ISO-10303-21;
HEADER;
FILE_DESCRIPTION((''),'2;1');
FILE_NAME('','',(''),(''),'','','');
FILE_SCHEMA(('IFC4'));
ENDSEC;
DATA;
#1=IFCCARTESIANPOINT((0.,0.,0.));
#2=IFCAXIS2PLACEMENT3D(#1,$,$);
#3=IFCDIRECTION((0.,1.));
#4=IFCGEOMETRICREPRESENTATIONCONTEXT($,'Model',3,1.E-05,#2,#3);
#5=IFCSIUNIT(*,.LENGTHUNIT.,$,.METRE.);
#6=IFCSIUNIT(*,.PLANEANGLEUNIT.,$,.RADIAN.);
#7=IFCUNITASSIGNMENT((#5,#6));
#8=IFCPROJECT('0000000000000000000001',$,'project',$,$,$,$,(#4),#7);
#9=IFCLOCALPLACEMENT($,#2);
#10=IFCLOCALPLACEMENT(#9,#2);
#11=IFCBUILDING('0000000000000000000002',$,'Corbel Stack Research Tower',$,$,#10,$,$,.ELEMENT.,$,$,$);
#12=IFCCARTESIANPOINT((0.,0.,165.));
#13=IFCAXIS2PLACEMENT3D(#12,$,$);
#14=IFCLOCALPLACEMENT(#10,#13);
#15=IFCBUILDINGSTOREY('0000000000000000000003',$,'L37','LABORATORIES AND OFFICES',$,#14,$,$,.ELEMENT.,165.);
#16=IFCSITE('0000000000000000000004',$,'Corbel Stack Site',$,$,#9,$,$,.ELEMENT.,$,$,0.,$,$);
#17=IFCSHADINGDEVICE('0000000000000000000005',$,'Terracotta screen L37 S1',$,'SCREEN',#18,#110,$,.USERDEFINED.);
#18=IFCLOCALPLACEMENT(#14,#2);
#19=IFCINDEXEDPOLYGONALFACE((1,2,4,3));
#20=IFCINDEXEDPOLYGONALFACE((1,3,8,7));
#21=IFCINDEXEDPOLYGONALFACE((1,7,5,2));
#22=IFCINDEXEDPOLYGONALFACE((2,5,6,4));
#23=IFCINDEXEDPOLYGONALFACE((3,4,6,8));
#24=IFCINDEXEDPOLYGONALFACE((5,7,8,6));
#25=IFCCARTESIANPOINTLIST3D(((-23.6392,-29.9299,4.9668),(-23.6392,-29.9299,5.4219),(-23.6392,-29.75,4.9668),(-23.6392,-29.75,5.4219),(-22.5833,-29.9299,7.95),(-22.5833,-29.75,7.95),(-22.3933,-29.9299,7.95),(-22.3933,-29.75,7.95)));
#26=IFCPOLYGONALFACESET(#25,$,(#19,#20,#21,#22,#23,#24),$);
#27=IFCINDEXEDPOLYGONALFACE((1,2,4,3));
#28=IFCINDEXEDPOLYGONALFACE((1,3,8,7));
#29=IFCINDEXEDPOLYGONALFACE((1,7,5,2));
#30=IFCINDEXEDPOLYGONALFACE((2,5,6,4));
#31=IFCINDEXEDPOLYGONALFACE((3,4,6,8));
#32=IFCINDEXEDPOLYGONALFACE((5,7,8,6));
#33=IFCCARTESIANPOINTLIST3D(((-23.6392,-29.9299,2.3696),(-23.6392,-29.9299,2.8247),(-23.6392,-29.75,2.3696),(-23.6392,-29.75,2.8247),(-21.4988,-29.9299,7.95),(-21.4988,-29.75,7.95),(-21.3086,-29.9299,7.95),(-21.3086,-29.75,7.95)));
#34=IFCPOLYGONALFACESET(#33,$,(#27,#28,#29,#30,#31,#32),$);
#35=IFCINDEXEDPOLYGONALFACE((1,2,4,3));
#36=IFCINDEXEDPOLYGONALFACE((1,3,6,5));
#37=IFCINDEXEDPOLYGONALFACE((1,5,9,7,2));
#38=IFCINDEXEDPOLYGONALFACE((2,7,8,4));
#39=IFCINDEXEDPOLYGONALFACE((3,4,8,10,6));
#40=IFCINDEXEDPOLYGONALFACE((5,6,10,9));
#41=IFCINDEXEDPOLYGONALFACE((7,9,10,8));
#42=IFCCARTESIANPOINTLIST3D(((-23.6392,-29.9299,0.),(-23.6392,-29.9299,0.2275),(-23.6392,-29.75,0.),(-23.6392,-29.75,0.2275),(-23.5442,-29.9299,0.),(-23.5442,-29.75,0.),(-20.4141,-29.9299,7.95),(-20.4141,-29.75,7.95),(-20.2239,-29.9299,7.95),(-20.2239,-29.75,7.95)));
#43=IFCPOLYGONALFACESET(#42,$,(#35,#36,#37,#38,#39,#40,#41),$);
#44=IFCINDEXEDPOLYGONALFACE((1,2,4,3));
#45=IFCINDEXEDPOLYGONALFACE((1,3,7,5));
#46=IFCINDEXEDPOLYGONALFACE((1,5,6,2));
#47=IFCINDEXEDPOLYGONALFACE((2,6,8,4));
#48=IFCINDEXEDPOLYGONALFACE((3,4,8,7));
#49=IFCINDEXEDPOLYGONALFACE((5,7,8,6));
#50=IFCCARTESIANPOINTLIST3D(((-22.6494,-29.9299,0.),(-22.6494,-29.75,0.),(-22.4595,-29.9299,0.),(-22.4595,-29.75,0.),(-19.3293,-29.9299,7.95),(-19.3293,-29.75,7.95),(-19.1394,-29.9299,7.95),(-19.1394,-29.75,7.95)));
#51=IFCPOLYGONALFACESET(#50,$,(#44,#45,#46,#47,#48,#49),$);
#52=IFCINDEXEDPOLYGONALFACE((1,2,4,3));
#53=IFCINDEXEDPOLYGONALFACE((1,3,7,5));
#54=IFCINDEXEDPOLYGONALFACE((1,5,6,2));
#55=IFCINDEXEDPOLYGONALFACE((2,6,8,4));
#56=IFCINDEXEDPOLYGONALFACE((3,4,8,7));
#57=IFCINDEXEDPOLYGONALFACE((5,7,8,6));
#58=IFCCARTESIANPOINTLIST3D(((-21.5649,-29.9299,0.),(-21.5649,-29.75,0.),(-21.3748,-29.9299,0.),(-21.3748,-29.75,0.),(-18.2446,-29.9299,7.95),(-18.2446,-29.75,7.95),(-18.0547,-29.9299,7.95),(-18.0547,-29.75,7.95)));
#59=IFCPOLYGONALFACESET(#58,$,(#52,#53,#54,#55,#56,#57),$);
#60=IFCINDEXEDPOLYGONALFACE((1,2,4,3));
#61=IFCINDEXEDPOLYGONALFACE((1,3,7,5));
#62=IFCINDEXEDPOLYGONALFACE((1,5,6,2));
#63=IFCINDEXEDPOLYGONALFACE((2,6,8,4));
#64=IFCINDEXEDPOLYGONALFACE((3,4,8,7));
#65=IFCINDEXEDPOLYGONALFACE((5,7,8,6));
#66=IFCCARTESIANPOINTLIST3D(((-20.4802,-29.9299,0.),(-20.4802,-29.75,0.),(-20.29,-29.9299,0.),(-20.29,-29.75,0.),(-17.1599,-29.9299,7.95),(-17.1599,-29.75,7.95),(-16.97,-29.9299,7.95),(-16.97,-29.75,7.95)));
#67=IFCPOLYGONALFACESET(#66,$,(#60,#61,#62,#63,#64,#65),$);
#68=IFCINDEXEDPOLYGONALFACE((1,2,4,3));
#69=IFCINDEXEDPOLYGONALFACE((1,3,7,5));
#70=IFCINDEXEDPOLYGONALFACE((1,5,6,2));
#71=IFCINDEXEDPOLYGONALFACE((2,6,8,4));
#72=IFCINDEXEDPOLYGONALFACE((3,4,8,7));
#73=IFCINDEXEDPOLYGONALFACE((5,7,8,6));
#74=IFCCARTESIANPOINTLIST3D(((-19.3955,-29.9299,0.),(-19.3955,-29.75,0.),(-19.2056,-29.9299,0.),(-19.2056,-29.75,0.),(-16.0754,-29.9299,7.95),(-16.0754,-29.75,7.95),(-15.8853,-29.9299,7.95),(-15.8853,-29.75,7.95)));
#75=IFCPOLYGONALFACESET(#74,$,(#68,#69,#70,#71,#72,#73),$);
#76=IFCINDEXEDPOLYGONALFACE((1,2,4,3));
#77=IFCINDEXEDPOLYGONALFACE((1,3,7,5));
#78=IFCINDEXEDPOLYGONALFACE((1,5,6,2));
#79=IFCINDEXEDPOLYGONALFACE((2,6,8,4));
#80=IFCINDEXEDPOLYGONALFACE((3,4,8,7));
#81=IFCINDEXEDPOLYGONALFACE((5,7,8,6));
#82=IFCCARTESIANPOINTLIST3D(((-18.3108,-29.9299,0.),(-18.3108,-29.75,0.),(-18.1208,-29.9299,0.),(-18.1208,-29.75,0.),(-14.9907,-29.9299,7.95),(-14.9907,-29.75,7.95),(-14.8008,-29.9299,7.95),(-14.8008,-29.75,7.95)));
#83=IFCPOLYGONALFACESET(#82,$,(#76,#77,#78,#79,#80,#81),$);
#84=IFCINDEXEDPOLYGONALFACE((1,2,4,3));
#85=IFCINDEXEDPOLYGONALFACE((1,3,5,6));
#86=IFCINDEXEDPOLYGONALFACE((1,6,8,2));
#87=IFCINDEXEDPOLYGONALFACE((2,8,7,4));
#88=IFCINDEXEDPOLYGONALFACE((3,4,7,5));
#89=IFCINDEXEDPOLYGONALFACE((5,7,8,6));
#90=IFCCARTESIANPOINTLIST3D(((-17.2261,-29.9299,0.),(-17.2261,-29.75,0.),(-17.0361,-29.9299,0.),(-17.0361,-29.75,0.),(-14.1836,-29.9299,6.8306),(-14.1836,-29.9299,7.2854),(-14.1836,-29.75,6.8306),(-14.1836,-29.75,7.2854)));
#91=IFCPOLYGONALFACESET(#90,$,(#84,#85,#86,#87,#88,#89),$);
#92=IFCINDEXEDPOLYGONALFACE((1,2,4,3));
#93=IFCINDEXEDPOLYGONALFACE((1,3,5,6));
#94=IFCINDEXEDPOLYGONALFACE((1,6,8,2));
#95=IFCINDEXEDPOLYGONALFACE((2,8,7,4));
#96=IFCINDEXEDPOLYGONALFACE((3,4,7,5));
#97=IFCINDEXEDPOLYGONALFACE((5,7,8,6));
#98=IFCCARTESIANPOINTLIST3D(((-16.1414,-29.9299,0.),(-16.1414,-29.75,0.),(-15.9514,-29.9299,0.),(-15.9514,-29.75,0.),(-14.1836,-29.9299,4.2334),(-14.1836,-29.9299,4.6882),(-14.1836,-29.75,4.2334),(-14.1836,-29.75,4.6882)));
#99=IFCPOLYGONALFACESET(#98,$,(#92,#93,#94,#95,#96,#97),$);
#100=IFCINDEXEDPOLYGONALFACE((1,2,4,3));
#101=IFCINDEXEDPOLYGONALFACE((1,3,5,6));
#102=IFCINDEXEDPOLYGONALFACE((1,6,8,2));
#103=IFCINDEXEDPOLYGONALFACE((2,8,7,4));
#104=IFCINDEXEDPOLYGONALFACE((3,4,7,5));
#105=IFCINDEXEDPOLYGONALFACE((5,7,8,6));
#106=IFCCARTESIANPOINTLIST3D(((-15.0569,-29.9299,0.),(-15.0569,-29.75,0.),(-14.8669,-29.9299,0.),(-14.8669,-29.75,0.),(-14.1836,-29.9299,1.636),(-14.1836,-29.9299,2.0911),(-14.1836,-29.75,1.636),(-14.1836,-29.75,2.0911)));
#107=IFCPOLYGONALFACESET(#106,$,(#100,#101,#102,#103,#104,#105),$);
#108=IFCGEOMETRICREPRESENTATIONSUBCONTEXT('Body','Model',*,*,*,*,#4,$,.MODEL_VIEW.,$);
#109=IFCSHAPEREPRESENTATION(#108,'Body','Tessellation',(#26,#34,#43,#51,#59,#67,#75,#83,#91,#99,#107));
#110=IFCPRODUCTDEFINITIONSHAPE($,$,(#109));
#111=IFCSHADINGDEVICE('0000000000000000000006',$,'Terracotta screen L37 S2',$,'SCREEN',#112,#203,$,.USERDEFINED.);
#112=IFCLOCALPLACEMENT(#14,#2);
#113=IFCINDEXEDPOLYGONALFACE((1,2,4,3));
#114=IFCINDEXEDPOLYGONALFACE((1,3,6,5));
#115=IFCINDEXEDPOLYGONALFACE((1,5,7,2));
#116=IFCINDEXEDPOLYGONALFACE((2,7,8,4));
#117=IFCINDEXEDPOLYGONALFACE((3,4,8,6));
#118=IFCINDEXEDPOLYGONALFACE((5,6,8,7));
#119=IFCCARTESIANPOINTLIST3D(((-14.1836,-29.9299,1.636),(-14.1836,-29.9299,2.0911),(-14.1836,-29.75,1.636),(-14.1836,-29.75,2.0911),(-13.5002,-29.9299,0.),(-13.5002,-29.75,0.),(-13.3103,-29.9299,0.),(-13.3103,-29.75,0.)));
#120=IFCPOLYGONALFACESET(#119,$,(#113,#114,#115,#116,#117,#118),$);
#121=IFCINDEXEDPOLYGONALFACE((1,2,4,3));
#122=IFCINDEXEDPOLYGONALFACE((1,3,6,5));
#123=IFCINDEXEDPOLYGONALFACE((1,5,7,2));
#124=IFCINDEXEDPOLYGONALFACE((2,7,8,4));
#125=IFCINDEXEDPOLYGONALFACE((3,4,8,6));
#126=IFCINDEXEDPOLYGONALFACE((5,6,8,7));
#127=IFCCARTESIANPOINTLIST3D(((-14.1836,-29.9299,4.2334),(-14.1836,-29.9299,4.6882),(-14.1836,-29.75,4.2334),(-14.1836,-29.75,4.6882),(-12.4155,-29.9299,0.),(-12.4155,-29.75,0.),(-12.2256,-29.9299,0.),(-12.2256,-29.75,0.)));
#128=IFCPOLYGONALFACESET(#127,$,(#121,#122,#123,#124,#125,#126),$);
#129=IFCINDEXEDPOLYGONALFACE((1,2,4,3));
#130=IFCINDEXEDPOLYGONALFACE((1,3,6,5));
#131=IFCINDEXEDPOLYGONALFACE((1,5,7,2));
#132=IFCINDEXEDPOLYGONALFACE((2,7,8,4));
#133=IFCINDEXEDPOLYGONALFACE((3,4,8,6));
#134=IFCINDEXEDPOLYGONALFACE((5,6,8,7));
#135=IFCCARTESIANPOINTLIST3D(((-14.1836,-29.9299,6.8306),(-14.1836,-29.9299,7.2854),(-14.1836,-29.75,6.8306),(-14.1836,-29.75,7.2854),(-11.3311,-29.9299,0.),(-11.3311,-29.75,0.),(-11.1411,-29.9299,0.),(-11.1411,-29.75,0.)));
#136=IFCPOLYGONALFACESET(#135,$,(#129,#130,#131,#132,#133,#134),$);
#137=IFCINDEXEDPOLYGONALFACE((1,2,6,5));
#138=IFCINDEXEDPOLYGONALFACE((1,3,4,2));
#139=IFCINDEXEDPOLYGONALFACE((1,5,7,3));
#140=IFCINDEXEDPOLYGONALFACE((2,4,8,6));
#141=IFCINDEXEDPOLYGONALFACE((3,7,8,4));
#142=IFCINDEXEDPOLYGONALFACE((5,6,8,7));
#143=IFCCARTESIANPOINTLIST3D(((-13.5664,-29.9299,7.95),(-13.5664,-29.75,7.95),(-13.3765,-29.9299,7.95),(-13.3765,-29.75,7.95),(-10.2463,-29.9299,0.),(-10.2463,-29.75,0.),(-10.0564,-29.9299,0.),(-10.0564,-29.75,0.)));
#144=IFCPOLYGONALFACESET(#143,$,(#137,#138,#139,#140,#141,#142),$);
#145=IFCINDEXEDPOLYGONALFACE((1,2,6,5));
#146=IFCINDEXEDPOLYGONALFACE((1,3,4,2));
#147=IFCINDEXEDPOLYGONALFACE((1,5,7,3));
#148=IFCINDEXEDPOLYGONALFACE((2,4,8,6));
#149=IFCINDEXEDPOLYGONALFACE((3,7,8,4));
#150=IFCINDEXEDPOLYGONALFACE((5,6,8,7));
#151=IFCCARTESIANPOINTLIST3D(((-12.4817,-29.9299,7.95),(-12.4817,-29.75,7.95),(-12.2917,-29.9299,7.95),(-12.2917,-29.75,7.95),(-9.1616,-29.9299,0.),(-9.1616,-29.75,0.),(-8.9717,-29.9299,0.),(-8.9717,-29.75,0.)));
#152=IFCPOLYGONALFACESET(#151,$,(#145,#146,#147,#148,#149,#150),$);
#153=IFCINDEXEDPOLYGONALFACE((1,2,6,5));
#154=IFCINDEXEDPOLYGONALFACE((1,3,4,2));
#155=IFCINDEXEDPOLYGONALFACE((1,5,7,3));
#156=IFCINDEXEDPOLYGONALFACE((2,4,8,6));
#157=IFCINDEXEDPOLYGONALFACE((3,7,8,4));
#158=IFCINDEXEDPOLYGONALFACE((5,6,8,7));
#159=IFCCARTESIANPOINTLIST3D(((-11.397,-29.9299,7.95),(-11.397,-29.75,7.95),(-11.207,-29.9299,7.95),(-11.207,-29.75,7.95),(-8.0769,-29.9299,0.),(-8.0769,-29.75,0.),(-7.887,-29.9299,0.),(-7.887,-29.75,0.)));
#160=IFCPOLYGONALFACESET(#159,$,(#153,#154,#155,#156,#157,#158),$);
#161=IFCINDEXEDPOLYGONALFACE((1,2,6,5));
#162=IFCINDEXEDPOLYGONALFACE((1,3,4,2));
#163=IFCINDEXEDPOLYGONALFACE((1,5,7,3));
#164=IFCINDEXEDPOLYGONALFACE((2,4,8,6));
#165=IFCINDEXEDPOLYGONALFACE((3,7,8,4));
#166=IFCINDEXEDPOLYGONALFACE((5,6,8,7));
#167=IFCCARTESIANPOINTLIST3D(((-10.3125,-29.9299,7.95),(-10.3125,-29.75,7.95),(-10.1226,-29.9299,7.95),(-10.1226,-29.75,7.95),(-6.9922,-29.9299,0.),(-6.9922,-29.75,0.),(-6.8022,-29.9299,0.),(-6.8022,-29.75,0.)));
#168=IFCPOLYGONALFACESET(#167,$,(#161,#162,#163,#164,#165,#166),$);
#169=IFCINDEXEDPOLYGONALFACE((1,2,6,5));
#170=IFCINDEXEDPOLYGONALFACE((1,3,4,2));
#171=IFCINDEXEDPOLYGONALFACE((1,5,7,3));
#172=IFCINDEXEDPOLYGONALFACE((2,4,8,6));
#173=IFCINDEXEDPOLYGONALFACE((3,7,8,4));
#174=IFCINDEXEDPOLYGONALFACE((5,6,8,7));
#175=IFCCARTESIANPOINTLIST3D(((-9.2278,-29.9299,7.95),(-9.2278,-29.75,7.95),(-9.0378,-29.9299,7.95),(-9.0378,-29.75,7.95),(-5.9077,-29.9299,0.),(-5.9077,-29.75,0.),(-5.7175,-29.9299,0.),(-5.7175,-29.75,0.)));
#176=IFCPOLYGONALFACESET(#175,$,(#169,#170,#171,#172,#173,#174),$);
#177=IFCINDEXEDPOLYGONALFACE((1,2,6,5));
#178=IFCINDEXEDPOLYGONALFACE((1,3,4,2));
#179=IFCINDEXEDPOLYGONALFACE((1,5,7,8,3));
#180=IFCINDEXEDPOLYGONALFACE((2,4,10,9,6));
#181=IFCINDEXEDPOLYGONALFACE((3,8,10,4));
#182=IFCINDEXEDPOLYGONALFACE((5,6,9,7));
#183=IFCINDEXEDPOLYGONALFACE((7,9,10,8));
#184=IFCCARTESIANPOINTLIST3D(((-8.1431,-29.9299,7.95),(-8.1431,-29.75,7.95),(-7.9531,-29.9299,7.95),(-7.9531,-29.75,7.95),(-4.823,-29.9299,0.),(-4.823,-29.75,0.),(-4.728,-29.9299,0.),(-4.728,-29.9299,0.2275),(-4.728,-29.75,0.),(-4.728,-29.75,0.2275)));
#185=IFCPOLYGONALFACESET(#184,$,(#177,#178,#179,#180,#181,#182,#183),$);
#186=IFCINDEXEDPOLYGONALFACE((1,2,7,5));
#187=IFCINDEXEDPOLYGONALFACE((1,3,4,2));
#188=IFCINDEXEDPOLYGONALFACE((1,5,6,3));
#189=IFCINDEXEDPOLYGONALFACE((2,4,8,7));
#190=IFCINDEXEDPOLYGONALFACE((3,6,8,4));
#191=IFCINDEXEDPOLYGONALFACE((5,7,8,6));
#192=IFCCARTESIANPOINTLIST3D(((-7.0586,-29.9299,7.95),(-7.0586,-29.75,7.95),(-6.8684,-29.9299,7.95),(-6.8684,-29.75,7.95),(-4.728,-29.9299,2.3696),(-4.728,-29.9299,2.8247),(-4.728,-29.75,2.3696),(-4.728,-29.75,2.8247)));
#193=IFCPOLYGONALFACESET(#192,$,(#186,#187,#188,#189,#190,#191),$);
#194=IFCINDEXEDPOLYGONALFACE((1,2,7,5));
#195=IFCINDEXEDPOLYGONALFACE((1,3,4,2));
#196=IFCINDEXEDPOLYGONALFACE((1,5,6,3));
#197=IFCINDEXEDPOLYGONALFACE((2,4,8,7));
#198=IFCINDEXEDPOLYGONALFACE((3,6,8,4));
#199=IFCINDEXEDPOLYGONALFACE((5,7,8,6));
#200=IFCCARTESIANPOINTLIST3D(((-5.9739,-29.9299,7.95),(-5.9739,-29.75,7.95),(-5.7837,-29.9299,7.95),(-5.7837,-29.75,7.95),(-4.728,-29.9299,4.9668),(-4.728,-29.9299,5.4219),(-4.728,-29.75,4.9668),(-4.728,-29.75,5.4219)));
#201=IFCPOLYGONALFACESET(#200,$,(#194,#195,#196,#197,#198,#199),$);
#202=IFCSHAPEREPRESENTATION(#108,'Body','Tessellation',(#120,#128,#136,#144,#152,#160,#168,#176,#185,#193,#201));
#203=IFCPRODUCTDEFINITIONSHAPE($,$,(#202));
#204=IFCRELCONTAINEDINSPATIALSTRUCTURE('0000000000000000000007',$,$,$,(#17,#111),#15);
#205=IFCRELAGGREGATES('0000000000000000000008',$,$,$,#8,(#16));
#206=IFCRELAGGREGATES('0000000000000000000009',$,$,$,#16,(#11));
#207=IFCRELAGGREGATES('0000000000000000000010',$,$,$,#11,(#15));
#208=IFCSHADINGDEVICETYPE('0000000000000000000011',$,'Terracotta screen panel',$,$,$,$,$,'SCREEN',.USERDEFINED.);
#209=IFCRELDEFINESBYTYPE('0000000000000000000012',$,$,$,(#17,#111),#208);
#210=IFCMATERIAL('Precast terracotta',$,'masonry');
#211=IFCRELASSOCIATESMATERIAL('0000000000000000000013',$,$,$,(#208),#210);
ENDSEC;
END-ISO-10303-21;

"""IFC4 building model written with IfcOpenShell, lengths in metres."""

from ifc_helpers import new_model, si_unit, direction, frame, origin, place, context, subcontext, project, spatial, polyline, outline, extrude, source, transform, mapped, material, type_object, element, save


model = new_model("IFC4")

# Units and contexts
model_context = context("Model", 3, precision=1e-05, world=origin(), true_north=direction((0.0, 1.0)))
body_context = subcontext(model_context, "Body", "Model", "MODEL_VIEW")
ifc_project = project(units=[si_unit("LENGTHUNIT", "METRE"), si_unit("PLANEANGLEUNIT", "RADIAN")], contexts=[model_context])

# Site, building, storey
site_placement = place(None, origin())
site = spatial("IfcSite", under=ifc_project, at=site_placement, Name="Corbel Stack Site", CompositionType="ELEMENT", RefElevation=0.0)
building_placement = place(site_placement, origin())
building = spatial("IfcBuilding", under=site, at=building_placement, Name="Corbel Stack Research Tower", CompositionType="ELEMENT")
storey_placement = place(building_placement, frame((0.0, 0.0, 165.0)))
storey = spatial("IfcBuildingStorey", under=building, at=storey_placement, Name="L37", Description="LABORATORIES AND OFFICES", CompositionType="ELEMENT", Elevation=165.0)

# Shading devices
ifc_material_1 = material(Name="Precast terracotta", Category="masonry")
shading_device_type = type_object("IfcShadingDeviceType", Name="Terracotta screen panel", ElementType="SCREEN", PredefinedType="USERDEFINED", material=ifc_material_1)
shared_shape_1 = source(origin(), body_context, "Body", "SweptSolid", [
    extrude(outline(polyline([(1.2458, 7.95), (1.0559, 7.95), (0.0, 5.4219), (0.0, 4.9668), (1.2458, 7.95)])), frame((0.0, 0.0, 0.0), z_axis=(0.0, -1.0, 0.0), x_axis=(1.0, 0.0, 0.0)), (0.0, 0.0, 1.0), 0.1799),
    extrude(outline(polyline([(2.3306, 7.95), (2.1404, 7.95), (0.0, 2.8247), (0.0, 2.3696), (2.3306, 7.95)])), frame((0.0, 0.0, 0.0), z_axis=(0.0, -1.0, 0.0), x_axis=(1.0, 0.0, 0.0)), (0.0, 0.0, 1.0), 0.1799),
    extrude(outline(polyline([(0.095, 0.0), (3.4153, 7.95), (3.2251, 7.95), (0.0, 0.2275), (0.0, 0.0), (0.095, 0.0)])), frame((0.0, 0.0, 0.0), z_axis=(0.0, -1.0, 0.0), x_axis=(1.0, 0.0, 0.0)), (0.0, 0.0, 1.0), 0.1799),
    extrude(outline(polyline([(1.1797, 0.0), (4.4998, 7.95), (4.3098, 7.95), (0.9897, 0.0), (1.1797, 0.0)])), frame((0.0, 0.0, 0.0), z_axis=(0.0, -1.0, 0.0), x_axis=(1.0, 0.0, 0.0)), (0.0, 0.0, 1.0), 0.1799),
    extrude(outline(polyline([(2.2644, 0.0), (5.5845, 7.95), (5.3945, 7.95), (2.0742, 0.0), (2.2644, 0.0)])), frame((0.0, 0.0, 0.0), z_axis=(0.0, -1.0, 0.0), x_axis=(1.0, 0.0, 0.0)), (0.0, 0.0, 1.0), 0.1799),
    extrude(outline(polyline([(3.3491, 0.0), (6.6692, 7.95), (6.4792, 7.95), (3.1589, 0.0), (3.3491, 0.0)])), frame((0.0, 0.0, 0.0), z_axis=(0.0, -1.0, 0.0), x_axis=(1.0, 0.0, 0.0)), (0.0, 0.0, 1.0), 0.1799),
    extrude(outline(polyline([(4.4336, 0.0), (7.7539, 7.95), (7.5637, 7.95), (4.2437, 0.0), (4.4336, 0.0)])), frame((0.0, 0.0, 0.0), z_axis=(0.0, -1.0, 0.0), x_axis=(1.0, 0.0, 0.0)), (0.0, 0.0, 1.0), 0.1799),
    extrude(outline(polyline([(5.5183, 0.0), (8.8384, 7.95), (8.6484, 7.95), (5.3284, 0.0), (5.5183, 0.0)])), frame((0.0, 0.0, 0.0), z_axis=(0.0, -1.0, 0.0), x_axis=(1.0, 0.0, 0.0)), (0.0, 0.0, 1.0), 0.1799),
    extrude(outline(polyline([(6.603, 0.0), (9.4556, 6.8306), (9.4556, 7.2854), (6.4131, 0.0), (6.603, 0.0)])), frame((0.0, 0.0, 0.0), z_axis=(0.0, -1.0, 0.0), x_axis=(1.0, 0.0, 0.0)), (0.0, 0.0, 1.0), 0.1799),
    extrude(outline(polyline([(7.6877, 0.0), (9.4556, 4.2334), (9.4556, 4.6882), (7.4978, 0.0), (7.6877, 0.0)])), frame((0.0, 0.0, 0.0), z_axis=(0.0, -1.0, 0.0), x_axis=(1.0, 0.0, 0.0)), (0.0, 0.0, 1.0), 0.1799),
    extrude(outline(polyline([(8.7722, 0.0), (9.4556, 1.636), (9.4556, 2.0911), (8.5823, 0.0), (8.7722, 0.0)])), frame((0.0, 0.0, 0.0), z_axis=(0.0, -1.0, 0.0), x_axis=(1.0, 0.0, 0.0)), (0.0, 0.0, 1.0), 0.1799),
])
shading_device_1_placement = place(storey_placement, frame((-23.6392, -29.75, 0.0), z_axis=(0.0, 0.0, 1.0), x_axis=(1.0, 0.0, 0.0)))
element("IfcShadingDevice", 1, at=shading_device_1_placement, inside=storey, type_object=shading_device_type, Name="Terracotta screen L37 S1", ObjectType="SCREEN", PredefinedType="USERDEFINED", context=body_context, shape_type="MappedRepresentation", body=[
    mapped(shared_shape_1, transform((0.0, 0.0, 0.0))),
])
shared_shape_2 = source(origin(), body_context, "Body", "SweptSolid", [
    extrude(outline(polyline([(0.8733, 0.0), (0.0, 2.0911), (0.0, 1.636), (0.6833, 0.0), (0.8733, 0.0)])), frame((0.0, 0.0, 0.0), z_axis=(0.0, -1.0, 0.0), x_axis=(1.0, 0.0, 0.0)), (0.0, 0.0, 1.0), 0.1799),
    extrude(outline(polyline([(1.958, 0.0), (0.0, 4.6882), (0.0, 4.2334), (1.7681, 0.0), (1.958, 0.0)])), frame((0.0, 0.0, 0.0), z_axis=(0.0, -1.0, 0.0), x_axis=(1.0, 0.0, 0.0)), (0.0, 0.0, 1.0), 0.1799),
    extrude(outline(polyline([(3.0425, 0.0), (0.0, 7.2854), (0.0, 6.8306), (2.8525, 0.0), (3.0425, 0.0)])), frame((0.0, 0.0, 0.0), z_axis=(0.0, -1.0, 0.0), x_axis=(1.0, 0.0, 0.0)), (0.0, 0.0, 1.0), 0.1799),
    extrude(outline(polyline([(4.1272, 0.0), (0.8071, 7.95), (0.6172, 7.95), (3.9373, 0.0), (4.1272, 0.0)])), frame((0.0, 0.0, 0.0), z_axis=(0.0, -1.0, 0.0), x_axis=(1.0, 0.0, 0.0)), (0.0, 0.0, 1.0), 0.1799),
    extrude(outline(polyline([(5.2119, 0.0), (1.8918, 7.95), (1.7019, 7.95), (5.022, 0.0), (5.2119, 0.0)])), frame((0.0, 0.0, 0.0), z_axis=(0.0, -1.0, 0.0), x_axis=(1.0, 0.0, 0.0)), (0.0, 0.0, 1.0), 0.1799),
    extrude(outline(polyline([(6.2966, 0.0), (2.9766, 7.95), (2.7866, 7.95), (6.1067, 0.0), (6.2966, 0.0)])), frame((0.0, 0.0, 0.0), z_axis=(0.0, -1.0, 0.0), x_axis=(1.0, 0.0, 0.0)), (0.0, 0.0, 1.0), 0.1799),
    extrude(outline(polyline([(7.3813, 0.0), (4.061, 7.95), (3.8711, 7.95), (7.1914, 0.0), (7.3813, 0.0)])), frame((0.0, 0.0, 0.0), z_axis=(0.0, -1.0, 0.0), x_axis=(1.0, 0.0, 0.0)), (0.0, 0.0, 1.0), 0.1799),
    extrude(outline(polyline([(8.4661, 0.0), (5.1458, 7.95), (4.9558, 7.95), (8.2759, 0.0), (8.4661, 0.0)])), frame((0.0, 0.0, 0.0), z_axis=(0.0, -1.0, 0.0), x_axis=(1.0, 0.0, 0.0)), (0.0, 0.0, 1.0), 0.1799),
    extrude(outline(polyline([(9.4556, 0.0), (9.4556, 0.2275), (6.2305, 7.95), (6.0405, 7.95), (9.3606, 0.0), (9.4556, 0.0)])), frame((0.0, 0.0, 0.0), z_axis=(0.0, -1.0, 0.0), x_axis=(1.0, 0.0, 0.0)), (0.0, 0.0, 1.0), 0.1799),
    extrude(outline(polyline([(7.3152, 7.95), (7.125, 7.95), (9.4556, 2.3696), (9.4556, 2.8247), (7.3152, 7.95)])), frame((0.0, 0.0, 0.0), z_axis=(0.0, -1.0, 0.0), x_axis=(1.0, 0.0, 0.0)), (0.0, 0.0, 1.0), 0.1799),
    extrude(outline(polyline([(8.3999, 7.95), (8.2097, 7.95), (9.4556, 4.9668), (9.4556, 5.4219), (8.3999, 7.95)])), frame((0.0, 0.0, 0.0), z_axis=(0.0, -1.0, 0.0), x_axis=(1.0, 0.0, 0.0)), (0.0, 0.0, 1.0), 0.1799),
])
shading_device_2_placement = place(storey_placement, frame((-14.1836, -29.75, 0.0), z_axis=(0.0, 0.0, 1.0), x_axis=(1.0, 0.0, 0.0)))
element("IfcShadingDevice", 2, at=shading_device_2_placement, inside=storey, type_object=shading_device_type, Name="Terracotta screen L37 S2", ObjectType="SCREEN", PredefinedType="USERDEFINED", context=body_context, shape_type="MappedRepresentation", body=[
    mapped(shared_shape_2, transform((0.0, 0.0, 0.0))),
])

save(model, "model.ifc")
